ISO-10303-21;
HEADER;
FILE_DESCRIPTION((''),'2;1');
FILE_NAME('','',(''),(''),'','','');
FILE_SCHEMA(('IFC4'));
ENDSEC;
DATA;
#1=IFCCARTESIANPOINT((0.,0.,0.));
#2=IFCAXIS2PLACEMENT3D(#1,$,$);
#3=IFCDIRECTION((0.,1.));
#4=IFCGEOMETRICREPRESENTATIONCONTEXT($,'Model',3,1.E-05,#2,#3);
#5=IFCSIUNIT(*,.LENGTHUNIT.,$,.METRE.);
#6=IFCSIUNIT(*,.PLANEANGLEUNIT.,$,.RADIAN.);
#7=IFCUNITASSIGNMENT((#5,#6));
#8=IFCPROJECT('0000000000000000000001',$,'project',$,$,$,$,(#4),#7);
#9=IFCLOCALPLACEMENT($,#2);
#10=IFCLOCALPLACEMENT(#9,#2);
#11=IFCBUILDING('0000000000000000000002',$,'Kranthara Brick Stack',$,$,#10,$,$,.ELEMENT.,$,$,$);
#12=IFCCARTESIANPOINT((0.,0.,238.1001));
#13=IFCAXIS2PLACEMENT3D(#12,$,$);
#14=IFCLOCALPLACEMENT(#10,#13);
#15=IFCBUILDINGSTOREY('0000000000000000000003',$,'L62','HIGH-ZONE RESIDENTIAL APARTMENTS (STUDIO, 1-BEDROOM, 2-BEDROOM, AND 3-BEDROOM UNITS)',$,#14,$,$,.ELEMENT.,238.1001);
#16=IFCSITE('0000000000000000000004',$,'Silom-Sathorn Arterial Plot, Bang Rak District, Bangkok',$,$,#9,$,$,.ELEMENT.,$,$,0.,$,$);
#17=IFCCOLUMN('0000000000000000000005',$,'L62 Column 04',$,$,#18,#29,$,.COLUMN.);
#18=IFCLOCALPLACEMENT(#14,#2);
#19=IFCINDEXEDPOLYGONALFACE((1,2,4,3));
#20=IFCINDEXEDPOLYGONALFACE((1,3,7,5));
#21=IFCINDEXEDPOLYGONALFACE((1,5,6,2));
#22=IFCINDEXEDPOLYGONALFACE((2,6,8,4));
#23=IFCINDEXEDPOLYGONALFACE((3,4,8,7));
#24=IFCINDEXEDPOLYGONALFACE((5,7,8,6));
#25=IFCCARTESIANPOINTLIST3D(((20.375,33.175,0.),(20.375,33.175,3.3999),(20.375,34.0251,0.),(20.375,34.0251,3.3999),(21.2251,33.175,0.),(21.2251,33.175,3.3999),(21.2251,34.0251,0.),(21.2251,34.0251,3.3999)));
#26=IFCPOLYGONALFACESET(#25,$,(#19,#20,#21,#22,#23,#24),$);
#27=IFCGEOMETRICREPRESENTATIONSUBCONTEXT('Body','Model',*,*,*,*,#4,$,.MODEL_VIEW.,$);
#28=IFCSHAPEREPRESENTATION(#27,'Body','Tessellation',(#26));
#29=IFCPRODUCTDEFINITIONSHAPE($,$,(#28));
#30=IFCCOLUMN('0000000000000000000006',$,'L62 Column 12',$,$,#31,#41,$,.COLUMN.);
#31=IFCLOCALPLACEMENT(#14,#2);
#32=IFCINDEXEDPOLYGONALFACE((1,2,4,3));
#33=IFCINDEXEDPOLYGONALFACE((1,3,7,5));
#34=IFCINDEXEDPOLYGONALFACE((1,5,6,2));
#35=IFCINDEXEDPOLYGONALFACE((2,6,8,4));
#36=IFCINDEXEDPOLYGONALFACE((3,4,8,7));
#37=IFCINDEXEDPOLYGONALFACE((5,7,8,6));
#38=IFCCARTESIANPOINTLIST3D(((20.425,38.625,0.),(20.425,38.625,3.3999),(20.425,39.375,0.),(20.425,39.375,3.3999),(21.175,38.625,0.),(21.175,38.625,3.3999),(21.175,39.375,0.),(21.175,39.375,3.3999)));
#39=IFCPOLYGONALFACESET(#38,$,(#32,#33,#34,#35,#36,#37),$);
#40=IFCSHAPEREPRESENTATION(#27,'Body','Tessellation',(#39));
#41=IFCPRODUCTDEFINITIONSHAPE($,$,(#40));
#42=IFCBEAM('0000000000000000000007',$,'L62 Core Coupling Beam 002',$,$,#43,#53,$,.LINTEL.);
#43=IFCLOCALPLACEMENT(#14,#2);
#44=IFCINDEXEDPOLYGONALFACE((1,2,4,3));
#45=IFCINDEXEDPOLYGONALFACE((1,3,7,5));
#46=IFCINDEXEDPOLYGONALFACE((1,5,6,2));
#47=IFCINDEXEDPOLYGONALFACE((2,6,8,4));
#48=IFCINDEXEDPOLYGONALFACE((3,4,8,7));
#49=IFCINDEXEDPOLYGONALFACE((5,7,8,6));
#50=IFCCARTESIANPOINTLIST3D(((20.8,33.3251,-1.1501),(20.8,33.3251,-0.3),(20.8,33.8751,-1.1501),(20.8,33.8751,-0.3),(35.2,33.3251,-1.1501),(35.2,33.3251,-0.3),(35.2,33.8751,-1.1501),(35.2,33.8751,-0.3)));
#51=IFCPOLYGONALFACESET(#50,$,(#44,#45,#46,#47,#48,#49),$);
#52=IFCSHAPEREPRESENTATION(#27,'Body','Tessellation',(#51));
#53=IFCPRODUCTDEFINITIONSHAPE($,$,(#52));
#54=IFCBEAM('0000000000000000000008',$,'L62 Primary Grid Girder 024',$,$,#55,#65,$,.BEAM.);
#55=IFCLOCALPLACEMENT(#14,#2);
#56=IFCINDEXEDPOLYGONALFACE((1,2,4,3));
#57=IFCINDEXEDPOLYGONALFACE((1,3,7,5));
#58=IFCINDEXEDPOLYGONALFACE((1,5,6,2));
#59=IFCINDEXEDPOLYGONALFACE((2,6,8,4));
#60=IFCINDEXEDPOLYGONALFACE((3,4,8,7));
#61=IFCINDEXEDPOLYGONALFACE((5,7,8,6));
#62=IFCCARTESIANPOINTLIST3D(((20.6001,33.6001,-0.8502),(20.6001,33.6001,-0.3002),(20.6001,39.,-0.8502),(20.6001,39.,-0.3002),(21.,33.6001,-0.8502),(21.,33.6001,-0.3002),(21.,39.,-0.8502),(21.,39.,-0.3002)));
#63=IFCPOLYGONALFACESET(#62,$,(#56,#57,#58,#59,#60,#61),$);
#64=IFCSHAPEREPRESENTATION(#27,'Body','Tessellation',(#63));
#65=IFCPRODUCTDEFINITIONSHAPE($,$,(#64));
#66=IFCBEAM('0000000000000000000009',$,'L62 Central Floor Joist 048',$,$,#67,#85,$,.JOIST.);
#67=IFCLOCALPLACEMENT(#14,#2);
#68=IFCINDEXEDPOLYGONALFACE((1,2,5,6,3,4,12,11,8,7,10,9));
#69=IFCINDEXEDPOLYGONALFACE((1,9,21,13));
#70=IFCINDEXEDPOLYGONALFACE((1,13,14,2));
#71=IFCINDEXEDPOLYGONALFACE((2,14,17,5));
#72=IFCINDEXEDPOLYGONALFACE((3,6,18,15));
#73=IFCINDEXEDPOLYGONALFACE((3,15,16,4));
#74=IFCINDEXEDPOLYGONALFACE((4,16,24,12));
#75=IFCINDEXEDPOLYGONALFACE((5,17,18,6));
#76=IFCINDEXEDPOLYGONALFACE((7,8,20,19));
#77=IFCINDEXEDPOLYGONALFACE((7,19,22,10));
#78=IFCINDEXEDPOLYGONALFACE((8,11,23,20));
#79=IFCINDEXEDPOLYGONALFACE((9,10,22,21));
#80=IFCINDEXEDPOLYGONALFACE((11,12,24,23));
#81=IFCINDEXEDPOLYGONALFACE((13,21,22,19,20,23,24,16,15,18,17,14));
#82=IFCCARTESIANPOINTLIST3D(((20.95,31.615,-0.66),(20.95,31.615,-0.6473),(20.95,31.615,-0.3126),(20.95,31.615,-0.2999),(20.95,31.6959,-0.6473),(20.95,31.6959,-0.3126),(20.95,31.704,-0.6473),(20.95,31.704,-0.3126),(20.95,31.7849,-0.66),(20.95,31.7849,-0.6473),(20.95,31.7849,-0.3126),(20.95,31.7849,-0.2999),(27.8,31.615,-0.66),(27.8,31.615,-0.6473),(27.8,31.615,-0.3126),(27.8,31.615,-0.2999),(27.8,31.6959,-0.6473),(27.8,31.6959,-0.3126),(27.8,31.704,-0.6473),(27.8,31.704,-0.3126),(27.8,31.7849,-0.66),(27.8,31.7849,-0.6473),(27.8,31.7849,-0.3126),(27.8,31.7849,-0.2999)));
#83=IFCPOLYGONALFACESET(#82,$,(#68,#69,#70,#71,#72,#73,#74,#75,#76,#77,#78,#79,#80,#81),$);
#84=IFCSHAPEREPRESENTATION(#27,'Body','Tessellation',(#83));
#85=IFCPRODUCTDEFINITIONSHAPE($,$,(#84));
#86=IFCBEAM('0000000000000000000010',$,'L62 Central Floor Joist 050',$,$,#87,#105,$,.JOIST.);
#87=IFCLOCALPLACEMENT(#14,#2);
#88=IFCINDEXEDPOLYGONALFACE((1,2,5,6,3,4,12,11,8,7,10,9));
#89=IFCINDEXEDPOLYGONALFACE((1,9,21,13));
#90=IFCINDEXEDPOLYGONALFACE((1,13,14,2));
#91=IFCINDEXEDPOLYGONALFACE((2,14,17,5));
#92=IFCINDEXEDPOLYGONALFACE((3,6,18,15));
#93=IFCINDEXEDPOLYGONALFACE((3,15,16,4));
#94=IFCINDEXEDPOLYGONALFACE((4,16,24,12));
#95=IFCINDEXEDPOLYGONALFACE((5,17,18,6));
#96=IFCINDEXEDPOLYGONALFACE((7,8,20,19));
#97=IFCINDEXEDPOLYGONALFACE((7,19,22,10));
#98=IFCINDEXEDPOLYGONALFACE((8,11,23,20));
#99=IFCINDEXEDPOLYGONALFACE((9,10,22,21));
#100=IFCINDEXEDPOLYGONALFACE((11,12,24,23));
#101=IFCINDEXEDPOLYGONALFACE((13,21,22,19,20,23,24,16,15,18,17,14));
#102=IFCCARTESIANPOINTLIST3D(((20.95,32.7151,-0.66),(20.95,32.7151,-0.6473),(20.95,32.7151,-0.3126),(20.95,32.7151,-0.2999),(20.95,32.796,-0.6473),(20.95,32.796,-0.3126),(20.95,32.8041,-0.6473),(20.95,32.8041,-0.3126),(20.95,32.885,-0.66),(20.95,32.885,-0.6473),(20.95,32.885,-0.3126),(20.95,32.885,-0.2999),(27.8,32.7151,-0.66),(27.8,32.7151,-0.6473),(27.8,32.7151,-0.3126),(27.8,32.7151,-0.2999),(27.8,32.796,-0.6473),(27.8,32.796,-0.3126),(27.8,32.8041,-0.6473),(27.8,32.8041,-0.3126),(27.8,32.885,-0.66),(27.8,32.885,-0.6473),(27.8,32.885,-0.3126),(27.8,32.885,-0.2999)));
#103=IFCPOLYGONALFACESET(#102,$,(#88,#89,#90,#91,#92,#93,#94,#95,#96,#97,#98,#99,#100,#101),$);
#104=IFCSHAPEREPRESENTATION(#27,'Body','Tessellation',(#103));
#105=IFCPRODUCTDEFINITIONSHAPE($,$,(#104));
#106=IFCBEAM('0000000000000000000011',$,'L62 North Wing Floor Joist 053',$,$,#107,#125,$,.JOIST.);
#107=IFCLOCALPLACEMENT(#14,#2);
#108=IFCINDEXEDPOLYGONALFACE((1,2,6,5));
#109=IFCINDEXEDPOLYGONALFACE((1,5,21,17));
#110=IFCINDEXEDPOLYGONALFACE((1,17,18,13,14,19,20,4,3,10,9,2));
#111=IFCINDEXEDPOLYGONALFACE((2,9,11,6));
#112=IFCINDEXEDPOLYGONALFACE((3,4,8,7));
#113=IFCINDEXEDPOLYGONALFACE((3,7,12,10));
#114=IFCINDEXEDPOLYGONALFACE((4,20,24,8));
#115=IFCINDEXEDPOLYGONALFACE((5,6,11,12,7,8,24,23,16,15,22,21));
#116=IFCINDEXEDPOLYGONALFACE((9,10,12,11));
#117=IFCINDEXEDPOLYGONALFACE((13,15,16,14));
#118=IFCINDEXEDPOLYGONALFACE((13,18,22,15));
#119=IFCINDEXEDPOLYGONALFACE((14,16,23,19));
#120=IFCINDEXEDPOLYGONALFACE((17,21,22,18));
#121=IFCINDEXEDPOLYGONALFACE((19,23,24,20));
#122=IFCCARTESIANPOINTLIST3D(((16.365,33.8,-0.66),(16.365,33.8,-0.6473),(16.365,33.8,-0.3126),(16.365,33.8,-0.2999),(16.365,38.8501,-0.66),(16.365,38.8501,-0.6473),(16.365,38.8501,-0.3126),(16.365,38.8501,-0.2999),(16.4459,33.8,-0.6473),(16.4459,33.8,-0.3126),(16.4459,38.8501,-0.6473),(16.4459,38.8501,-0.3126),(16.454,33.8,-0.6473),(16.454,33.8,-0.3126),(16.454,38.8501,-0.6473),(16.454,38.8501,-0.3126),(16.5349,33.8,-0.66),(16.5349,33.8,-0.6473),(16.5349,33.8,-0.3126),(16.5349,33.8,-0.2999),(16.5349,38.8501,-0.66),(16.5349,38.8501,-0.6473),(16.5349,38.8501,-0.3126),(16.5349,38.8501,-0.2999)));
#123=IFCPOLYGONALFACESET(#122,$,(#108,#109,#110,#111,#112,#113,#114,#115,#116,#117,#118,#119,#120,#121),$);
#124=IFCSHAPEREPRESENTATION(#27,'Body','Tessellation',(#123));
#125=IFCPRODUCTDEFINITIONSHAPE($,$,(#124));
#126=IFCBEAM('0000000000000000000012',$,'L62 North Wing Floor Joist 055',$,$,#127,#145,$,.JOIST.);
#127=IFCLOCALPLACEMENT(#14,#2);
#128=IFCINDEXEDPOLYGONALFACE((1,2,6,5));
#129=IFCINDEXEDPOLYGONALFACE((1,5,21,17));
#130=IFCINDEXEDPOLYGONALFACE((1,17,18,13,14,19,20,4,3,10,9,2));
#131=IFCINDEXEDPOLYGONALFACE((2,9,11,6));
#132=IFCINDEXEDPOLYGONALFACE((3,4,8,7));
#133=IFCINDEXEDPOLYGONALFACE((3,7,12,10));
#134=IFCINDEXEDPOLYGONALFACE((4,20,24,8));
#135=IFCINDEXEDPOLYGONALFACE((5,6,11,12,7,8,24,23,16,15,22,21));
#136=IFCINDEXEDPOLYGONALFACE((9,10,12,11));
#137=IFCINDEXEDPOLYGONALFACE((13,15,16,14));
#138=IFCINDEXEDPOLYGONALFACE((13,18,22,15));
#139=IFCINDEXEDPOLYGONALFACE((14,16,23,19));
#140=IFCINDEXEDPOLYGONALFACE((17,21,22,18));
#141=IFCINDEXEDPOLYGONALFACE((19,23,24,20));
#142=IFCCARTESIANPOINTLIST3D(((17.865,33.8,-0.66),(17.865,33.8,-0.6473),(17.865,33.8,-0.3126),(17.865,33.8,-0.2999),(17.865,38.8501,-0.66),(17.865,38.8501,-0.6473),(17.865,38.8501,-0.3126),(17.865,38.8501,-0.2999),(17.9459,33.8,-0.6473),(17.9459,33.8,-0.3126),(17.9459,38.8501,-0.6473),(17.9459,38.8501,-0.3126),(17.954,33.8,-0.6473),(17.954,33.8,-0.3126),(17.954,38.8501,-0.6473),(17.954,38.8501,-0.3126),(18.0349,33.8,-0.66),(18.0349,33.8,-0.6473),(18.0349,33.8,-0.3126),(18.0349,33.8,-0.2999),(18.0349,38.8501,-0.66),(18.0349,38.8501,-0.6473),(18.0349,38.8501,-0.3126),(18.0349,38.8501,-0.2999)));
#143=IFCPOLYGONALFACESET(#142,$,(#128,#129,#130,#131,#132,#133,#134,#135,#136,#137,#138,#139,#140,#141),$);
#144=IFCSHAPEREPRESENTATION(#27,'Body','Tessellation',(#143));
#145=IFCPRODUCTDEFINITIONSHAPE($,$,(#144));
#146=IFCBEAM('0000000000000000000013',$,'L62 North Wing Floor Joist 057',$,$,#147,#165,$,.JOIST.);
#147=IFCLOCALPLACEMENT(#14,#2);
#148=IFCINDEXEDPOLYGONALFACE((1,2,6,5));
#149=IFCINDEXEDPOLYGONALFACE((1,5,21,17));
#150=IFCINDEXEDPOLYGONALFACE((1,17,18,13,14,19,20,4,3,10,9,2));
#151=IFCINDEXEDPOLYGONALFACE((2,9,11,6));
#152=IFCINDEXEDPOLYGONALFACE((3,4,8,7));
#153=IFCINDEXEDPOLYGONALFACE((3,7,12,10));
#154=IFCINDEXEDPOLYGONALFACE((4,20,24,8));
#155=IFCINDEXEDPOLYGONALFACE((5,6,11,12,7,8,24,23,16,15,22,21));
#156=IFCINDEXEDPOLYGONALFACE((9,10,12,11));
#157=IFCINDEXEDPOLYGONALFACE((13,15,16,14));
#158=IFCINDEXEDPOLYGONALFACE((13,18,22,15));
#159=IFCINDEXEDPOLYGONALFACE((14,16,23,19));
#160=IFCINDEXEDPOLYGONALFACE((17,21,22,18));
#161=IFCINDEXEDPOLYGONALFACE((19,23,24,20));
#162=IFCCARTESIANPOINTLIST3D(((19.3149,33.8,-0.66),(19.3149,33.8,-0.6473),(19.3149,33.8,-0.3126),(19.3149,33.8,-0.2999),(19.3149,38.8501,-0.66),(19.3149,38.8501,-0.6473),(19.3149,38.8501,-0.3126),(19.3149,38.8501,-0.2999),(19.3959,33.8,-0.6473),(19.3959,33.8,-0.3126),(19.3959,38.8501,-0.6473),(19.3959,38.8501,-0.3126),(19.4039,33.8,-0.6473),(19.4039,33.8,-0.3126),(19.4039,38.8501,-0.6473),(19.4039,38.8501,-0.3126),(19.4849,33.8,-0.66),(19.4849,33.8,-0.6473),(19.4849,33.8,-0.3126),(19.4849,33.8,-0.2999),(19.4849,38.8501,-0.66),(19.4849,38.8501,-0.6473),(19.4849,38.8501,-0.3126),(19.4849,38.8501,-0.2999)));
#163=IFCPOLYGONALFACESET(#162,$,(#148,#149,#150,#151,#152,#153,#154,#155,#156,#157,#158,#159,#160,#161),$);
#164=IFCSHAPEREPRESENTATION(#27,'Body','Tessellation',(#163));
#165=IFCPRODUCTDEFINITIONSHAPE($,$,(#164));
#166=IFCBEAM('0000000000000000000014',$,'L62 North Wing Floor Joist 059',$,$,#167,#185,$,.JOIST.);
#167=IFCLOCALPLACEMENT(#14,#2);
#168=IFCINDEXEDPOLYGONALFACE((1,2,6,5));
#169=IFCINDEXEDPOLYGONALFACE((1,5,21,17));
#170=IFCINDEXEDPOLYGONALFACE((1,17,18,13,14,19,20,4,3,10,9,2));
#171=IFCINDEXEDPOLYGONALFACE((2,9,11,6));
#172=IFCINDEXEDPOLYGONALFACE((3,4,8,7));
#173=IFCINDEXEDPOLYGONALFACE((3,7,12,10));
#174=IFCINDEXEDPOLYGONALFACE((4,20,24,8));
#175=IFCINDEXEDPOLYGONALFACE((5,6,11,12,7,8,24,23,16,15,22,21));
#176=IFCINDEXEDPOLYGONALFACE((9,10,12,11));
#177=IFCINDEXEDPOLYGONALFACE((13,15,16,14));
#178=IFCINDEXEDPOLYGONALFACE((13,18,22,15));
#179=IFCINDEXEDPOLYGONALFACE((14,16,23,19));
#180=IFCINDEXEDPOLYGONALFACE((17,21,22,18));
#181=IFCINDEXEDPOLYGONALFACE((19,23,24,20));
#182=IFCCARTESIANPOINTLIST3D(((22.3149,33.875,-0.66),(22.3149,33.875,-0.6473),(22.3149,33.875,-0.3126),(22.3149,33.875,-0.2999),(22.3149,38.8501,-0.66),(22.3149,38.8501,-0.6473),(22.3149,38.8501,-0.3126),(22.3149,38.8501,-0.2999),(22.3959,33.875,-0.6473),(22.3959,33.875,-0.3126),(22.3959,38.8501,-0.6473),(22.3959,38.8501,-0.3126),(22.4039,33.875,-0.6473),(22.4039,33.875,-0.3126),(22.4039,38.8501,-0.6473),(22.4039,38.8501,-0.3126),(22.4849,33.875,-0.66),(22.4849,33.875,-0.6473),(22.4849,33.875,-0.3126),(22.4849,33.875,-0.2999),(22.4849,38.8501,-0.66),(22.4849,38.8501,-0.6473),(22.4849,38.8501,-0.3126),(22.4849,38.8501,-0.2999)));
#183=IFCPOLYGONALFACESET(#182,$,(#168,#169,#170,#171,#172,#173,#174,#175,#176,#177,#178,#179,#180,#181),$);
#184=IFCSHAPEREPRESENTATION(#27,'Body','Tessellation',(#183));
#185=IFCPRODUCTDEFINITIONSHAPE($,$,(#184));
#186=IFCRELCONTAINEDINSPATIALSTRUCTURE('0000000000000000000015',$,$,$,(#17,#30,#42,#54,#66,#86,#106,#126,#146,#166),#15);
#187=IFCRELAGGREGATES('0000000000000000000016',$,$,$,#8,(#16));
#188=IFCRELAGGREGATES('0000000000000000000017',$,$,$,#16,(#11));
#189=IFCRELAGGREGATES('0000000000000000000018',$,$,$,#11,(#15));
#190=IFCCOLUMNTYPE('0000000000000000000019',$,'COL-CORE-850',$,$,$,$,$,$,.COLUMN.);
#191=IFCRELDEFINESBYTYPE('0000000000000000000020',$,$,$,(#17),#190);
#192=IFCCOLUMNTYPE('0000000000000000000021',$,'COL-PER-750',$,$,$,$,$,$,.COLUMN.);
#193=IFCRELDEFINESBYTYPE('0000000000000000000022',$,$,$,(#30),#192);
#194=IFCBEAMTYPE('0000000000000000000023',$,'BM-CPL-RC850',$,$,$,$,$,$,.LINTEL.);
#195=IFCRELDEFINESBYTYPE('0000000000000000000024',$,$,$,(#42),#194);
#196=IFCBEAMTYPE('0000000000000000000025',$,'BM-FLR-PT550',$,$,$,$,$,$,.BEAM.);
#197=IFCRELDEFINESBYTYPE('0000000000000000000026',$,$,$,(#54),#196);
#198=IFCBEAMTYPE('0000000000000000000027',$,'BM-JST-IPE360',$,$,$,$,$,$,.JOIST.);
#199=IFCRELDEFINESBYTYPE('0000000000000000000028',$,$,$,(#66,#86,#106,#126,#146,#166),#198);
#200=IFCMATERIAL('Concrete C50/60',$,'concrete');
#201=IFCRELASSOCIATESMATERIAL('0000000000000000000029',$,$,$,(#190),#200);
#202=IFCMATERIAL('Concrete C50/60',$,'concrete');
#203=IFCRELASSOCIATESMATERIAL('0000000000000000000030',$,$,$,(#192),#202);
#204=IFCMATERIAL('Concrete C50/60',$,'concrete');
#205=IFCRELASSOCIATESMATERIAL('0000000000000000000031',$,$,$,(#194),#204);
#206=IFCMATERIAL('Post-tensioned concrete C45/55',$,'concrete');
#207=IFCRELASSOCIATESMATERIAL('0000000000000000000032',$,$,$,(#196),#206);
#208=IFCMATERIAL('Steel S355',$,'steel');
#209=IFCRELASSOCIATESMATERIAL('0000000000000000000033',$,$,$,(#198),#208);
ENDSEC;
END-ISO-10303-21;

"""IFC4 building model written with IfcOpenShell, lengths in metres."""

from ifc_helpers import new_model, si_unit, direction, frame, origin, origin_2d, place, context, subcontext, project, spatial, rectangle, i_section, extrude, material, material_profile, profile_set, type_object, element, save


model = new_model("IFC4")

# Units and contexts
model_context = context("Model", 3, precision=1e-05, world=origin(), true_north=direction((0.0, 1.0)))
body_context = subcontext(model_context, "Body", "Model", "MODEL_VIEW")
ifc_project = project(units=[si_unit("LENGTHUNIT", "METRE"), si_unit("PLANEANGLEUNIT", "RADIAN")], contexts=[model_context])

# Site, building, storey
site_placement = place(None, origin())
site = spatial("IfcSite", under=ifc_project, at=site_placement, Name="Silom-Sathorn Arterial Plot, Bang Rak District, Bangkok", CompositionType="ELEMENT", RefElevation=0.0)
building_placement = place(site_placement, origin())
building = spatial("IfcBuilding", under=site, at=building_placement, Name="Kranthara Brick Stack", CompositionType="ELEMENT")
storey_placement = place(building_placement, frame((0.0, 0.0, 238.1001)))
storey = spatial("IfcBuildingStorey", under=building, at=storey_placement, Name="L62", Description="HIGH-ZONE RESIDENTIAL APARTMENTS (STUDIO, 1-BEDROOM, 2-BEDROOM, AND 3-BEDROOM UNITS)", CompositionType="ELEMENT", Elevation=238.1001)

# Columns
ifc_material_1 = material(Name="Concrete C50/60", Category="concrete")
ifc_material_profile_1 = material_profile(ifc_material_1, rectangle(XDim=0.8501, YDim=0.8501, at=origin_2d()), Name="RC 850x850")
ifc_profile_set_1 = profile_set([ifc_material_profile_1], Name="Concrete C50/60")
column_type_1 = type_object("IfcColumnType", Name="COL-CORE-850", PredefinedType="COLUMN", material=ifc_profile_set_1)
column_1_placement = place(storey_placement, frame((20.8, 33.6001, 0.0), z_axis=(0.0, 0.0, 1.0), x_axis=(1.0, 0.0, 0.0)))
element("IfcColumn", 1, at=column_1_placement, inside=storey, type_object=column_type_1, Name="L62 Column 04", PredefinedType="COLUMN", context=body_context, shape_type="SweptSolid", body=[
    extrude(rectangle(XDim=0.8501, YDim=0.8501, at=origin_2d()), origin(), (0.0, 0.0, 1.0), 3.3999),
])
ifc_material_2 = material(Name="Concrete C50/60", Category="concrete")
ifc_material_profile_2 = material_profile(ifc_material_2, rectangle(XDim=0.75, YDim=0.75, at=origin_2d()), Name="RC 750x750")
ifc_profile_set_2 = profile_set([ifc_material_profile_2], Name="Concrete C50/60")
column_type_2 = type_object("IfcColumnType", Name="COL-PER-750", PredefinedType="COLUMN", material=ifc_profile_set_2)
column_2_placement = place(storey_placement, frame((20.8, 39.0, 0.0), z_axis=(0.0, 0.0, 1.0), x_axis=(1.0, 0.0, 0.0)))
element("IfcColumn", 2, at=column_2_placement, inside=storey, type_object=column_type_2, Name="L62 Column 12", PredefinedType="COLUMN", context=body_context, shape_type="SweptSolid", body=[
    extrude(rectangle(XDim=0.75, YDim=0.75, at=origin_2d()), origin(), (0.0, 0.0, 1.0), 3.3999),
])

# Beams
ifc_material_3 = material(Name="Concrete C50/60", Category="concrete")
ifc_material_profile_3 = material_profile(ifc_material_3, rectangle(XDim=0.55, YDim=0.8501, at=origin_2d()), Name="RC 550x850")
ifc_profile_set_3 = profile_set([ifc_material_profile_3], Name="Concrete C50/60")
beam_type_1 = type_object("IfcBeamType", Name="BM-CPL-RC850", PredefinedType="LINTEL", material=ifc_profile_set_3)
beam_1_placement = place(storey_placement, frame((20.8, 33.6001, -0.7251), z_axis=(1.0, 0.0, 0.0), x_axis=(0.0, 1.0, 0.0)))
element("IfcBeam", 3, at=beam_1_placement, inside=storey, type_object=beam_type_1, Name="L62 Core Coupling Beam 002", PredefinedType="LINTEL", context=body_context, shape_type="SweptSolid", body=[
    extrude(rectangle(XDim=0.55, YDim=0.8501, at=origin_2d()), origin(), (0.0, 0.0, 1.0), 14.3999),
])
ifc_material_4 = material(Name="Post-tensioned concrete C45/55", Category="concrete")
ifc_material_profile_4 = material_profile(ifc_material_4, rectangle(XDim=0.3999, YDim=0.55, at=origin_2d()), Name="PT 400x550")
ifc_profile_set_4 = profile_set([ifc_material_profile_4], Name="Post-tensioned concrete C45/55")
beam_type_2 = type_object("IfcBeamType", Name="BM-FLR-PT550", PredefinedType="BEAM", material=ifc_profile_set_4)
beam_2_placement = place(storey_placement, frame((20.8, 33.6001, -0.5752), z_axis=(0.0, 1.0, 0.0), x_axis=(-1.0, 0.0, 0.0)))
element("IfcBeam", 4, at=beam_2_placement, inside=storey, type_object=beam_type_2, Name="L62 Primary Grid Girder 024", PredefinedType="BEAM", context=body_context, shape_type="SweptSolid", body=[
    extrude(rectangle(XDim=0.3999, YDim=0.55, at=origin_2d()), origin(), (0.0, 0.0, 1.0), 5.3999),
])
ifc_material_5 = material(Name="Steel S355", Category="steel")
ifc_material_profile_5 = material_profile(ifc_material_5, i_section(OverallWidth=0.1699, OverallDepth=0.3601, WebThickness=0.0081, FlangeThickness=0.0127, at=origin_2d()), Name="IPE 360")
ifc_profile_set_5 = profile_set([ifc_material_profile_5], Name="Steel S355")
beam_type_3 = type_object("IfcBeamType", Name="BM-JST-IPE360", PredefinedType="JOIST", material=ifc_profile_set_5)
for number, where, z_axis, x_axis, name in (
    (5, (20.95, 31.7, -0.48), (1.0, 0.0, 0.0), (0.0, 1.0, 0.0), "L62 Central Floor Joist 048"),
    (6, (20.95, 32.8, -0.48), (1.0, 0.0, 0.0), (0.0, 1.0, 0.0), "L62 Central Floor Joist 050"),
):
    element("IfcBeam", number, at=place(storey_placement, frame(where, z_axis=z_axis, x_axis=x_axis)), inside=storey, type_object=beam_type_3, Name=name, PredefinedType="JOIST", context=body_context, shape_type="SweptSolid", body=[
        extrude(i_section(OverallWidth=0.1699, OverallDepth=0.3601, WebThickness=0.0081, FlangeThickness=0.0127, at=origin_2d()), origin(), (0.0, 0.0, 1.0), 6.8501),
    ])
for number, where, z_axis, x_axis, name in (
    (7, (16.45, 33.8, -0.48), (0.0, 1.0, 0.0), (-1.0, 0.0, 0.0), "L62 North Wing Floor Joist 053"),
    (8, (17.95, 33.8, -0.48), (0.0, 1.0, 0.0), (-1.0, 0.0, 0.0), "L62 North Wing Floor Joist 055"),
    (9, (19.3999, 33.8, -0.48), (0.0, 1.0, 0.0), (-1.0, 0.0, 0.0), "L62 North Wing Floor Joist 057"),
):
    element("IfcBeam", number, at=place(storey_placement, frame(where, z_axis=z_axis, x_axis=x_axis)), inside=storey, type_object=beam_type_3, Name=name, PredefinedType="JOIST", context=body_context, shape_type="SweptSolid", body=[
        extrude(i_section(OverallWidth=0.1699, OverallDepth=0.3601, WebThickness=0.0081, FlangeThickness=0.0127, at=origin_2d()), origin(), (0.0, 0.0, 1.0), 5.05),
    ])
for number, where, z_axis, x_axis, name in (
    (10, (22.3999, 33.875, -0.48), (0.0, 1.0, 0.0), (-1.0, 0.0, 0.0), "L62 North Wing Floor Joist 059"),
):
    element("IfcBeam", number, at=place(storey_placement, frame(where, z_axis=z_axis, x_axis=x_axis)), inside=storey, type_object=beam_type_3, Name=name, PredefinedType="JOIST", context=body_context, shape_type="SweptSolid", body=[
        extrude(i_section(OverallWidth=0.1699, OverallDepth=0.3601, WebThickness=0.0081, FlangeThickness=0.0127, at=origin_2d()), origin(), (0.0, 0.0, 1.0), 4.9751),
    ])

save(model, "model.ifc")
